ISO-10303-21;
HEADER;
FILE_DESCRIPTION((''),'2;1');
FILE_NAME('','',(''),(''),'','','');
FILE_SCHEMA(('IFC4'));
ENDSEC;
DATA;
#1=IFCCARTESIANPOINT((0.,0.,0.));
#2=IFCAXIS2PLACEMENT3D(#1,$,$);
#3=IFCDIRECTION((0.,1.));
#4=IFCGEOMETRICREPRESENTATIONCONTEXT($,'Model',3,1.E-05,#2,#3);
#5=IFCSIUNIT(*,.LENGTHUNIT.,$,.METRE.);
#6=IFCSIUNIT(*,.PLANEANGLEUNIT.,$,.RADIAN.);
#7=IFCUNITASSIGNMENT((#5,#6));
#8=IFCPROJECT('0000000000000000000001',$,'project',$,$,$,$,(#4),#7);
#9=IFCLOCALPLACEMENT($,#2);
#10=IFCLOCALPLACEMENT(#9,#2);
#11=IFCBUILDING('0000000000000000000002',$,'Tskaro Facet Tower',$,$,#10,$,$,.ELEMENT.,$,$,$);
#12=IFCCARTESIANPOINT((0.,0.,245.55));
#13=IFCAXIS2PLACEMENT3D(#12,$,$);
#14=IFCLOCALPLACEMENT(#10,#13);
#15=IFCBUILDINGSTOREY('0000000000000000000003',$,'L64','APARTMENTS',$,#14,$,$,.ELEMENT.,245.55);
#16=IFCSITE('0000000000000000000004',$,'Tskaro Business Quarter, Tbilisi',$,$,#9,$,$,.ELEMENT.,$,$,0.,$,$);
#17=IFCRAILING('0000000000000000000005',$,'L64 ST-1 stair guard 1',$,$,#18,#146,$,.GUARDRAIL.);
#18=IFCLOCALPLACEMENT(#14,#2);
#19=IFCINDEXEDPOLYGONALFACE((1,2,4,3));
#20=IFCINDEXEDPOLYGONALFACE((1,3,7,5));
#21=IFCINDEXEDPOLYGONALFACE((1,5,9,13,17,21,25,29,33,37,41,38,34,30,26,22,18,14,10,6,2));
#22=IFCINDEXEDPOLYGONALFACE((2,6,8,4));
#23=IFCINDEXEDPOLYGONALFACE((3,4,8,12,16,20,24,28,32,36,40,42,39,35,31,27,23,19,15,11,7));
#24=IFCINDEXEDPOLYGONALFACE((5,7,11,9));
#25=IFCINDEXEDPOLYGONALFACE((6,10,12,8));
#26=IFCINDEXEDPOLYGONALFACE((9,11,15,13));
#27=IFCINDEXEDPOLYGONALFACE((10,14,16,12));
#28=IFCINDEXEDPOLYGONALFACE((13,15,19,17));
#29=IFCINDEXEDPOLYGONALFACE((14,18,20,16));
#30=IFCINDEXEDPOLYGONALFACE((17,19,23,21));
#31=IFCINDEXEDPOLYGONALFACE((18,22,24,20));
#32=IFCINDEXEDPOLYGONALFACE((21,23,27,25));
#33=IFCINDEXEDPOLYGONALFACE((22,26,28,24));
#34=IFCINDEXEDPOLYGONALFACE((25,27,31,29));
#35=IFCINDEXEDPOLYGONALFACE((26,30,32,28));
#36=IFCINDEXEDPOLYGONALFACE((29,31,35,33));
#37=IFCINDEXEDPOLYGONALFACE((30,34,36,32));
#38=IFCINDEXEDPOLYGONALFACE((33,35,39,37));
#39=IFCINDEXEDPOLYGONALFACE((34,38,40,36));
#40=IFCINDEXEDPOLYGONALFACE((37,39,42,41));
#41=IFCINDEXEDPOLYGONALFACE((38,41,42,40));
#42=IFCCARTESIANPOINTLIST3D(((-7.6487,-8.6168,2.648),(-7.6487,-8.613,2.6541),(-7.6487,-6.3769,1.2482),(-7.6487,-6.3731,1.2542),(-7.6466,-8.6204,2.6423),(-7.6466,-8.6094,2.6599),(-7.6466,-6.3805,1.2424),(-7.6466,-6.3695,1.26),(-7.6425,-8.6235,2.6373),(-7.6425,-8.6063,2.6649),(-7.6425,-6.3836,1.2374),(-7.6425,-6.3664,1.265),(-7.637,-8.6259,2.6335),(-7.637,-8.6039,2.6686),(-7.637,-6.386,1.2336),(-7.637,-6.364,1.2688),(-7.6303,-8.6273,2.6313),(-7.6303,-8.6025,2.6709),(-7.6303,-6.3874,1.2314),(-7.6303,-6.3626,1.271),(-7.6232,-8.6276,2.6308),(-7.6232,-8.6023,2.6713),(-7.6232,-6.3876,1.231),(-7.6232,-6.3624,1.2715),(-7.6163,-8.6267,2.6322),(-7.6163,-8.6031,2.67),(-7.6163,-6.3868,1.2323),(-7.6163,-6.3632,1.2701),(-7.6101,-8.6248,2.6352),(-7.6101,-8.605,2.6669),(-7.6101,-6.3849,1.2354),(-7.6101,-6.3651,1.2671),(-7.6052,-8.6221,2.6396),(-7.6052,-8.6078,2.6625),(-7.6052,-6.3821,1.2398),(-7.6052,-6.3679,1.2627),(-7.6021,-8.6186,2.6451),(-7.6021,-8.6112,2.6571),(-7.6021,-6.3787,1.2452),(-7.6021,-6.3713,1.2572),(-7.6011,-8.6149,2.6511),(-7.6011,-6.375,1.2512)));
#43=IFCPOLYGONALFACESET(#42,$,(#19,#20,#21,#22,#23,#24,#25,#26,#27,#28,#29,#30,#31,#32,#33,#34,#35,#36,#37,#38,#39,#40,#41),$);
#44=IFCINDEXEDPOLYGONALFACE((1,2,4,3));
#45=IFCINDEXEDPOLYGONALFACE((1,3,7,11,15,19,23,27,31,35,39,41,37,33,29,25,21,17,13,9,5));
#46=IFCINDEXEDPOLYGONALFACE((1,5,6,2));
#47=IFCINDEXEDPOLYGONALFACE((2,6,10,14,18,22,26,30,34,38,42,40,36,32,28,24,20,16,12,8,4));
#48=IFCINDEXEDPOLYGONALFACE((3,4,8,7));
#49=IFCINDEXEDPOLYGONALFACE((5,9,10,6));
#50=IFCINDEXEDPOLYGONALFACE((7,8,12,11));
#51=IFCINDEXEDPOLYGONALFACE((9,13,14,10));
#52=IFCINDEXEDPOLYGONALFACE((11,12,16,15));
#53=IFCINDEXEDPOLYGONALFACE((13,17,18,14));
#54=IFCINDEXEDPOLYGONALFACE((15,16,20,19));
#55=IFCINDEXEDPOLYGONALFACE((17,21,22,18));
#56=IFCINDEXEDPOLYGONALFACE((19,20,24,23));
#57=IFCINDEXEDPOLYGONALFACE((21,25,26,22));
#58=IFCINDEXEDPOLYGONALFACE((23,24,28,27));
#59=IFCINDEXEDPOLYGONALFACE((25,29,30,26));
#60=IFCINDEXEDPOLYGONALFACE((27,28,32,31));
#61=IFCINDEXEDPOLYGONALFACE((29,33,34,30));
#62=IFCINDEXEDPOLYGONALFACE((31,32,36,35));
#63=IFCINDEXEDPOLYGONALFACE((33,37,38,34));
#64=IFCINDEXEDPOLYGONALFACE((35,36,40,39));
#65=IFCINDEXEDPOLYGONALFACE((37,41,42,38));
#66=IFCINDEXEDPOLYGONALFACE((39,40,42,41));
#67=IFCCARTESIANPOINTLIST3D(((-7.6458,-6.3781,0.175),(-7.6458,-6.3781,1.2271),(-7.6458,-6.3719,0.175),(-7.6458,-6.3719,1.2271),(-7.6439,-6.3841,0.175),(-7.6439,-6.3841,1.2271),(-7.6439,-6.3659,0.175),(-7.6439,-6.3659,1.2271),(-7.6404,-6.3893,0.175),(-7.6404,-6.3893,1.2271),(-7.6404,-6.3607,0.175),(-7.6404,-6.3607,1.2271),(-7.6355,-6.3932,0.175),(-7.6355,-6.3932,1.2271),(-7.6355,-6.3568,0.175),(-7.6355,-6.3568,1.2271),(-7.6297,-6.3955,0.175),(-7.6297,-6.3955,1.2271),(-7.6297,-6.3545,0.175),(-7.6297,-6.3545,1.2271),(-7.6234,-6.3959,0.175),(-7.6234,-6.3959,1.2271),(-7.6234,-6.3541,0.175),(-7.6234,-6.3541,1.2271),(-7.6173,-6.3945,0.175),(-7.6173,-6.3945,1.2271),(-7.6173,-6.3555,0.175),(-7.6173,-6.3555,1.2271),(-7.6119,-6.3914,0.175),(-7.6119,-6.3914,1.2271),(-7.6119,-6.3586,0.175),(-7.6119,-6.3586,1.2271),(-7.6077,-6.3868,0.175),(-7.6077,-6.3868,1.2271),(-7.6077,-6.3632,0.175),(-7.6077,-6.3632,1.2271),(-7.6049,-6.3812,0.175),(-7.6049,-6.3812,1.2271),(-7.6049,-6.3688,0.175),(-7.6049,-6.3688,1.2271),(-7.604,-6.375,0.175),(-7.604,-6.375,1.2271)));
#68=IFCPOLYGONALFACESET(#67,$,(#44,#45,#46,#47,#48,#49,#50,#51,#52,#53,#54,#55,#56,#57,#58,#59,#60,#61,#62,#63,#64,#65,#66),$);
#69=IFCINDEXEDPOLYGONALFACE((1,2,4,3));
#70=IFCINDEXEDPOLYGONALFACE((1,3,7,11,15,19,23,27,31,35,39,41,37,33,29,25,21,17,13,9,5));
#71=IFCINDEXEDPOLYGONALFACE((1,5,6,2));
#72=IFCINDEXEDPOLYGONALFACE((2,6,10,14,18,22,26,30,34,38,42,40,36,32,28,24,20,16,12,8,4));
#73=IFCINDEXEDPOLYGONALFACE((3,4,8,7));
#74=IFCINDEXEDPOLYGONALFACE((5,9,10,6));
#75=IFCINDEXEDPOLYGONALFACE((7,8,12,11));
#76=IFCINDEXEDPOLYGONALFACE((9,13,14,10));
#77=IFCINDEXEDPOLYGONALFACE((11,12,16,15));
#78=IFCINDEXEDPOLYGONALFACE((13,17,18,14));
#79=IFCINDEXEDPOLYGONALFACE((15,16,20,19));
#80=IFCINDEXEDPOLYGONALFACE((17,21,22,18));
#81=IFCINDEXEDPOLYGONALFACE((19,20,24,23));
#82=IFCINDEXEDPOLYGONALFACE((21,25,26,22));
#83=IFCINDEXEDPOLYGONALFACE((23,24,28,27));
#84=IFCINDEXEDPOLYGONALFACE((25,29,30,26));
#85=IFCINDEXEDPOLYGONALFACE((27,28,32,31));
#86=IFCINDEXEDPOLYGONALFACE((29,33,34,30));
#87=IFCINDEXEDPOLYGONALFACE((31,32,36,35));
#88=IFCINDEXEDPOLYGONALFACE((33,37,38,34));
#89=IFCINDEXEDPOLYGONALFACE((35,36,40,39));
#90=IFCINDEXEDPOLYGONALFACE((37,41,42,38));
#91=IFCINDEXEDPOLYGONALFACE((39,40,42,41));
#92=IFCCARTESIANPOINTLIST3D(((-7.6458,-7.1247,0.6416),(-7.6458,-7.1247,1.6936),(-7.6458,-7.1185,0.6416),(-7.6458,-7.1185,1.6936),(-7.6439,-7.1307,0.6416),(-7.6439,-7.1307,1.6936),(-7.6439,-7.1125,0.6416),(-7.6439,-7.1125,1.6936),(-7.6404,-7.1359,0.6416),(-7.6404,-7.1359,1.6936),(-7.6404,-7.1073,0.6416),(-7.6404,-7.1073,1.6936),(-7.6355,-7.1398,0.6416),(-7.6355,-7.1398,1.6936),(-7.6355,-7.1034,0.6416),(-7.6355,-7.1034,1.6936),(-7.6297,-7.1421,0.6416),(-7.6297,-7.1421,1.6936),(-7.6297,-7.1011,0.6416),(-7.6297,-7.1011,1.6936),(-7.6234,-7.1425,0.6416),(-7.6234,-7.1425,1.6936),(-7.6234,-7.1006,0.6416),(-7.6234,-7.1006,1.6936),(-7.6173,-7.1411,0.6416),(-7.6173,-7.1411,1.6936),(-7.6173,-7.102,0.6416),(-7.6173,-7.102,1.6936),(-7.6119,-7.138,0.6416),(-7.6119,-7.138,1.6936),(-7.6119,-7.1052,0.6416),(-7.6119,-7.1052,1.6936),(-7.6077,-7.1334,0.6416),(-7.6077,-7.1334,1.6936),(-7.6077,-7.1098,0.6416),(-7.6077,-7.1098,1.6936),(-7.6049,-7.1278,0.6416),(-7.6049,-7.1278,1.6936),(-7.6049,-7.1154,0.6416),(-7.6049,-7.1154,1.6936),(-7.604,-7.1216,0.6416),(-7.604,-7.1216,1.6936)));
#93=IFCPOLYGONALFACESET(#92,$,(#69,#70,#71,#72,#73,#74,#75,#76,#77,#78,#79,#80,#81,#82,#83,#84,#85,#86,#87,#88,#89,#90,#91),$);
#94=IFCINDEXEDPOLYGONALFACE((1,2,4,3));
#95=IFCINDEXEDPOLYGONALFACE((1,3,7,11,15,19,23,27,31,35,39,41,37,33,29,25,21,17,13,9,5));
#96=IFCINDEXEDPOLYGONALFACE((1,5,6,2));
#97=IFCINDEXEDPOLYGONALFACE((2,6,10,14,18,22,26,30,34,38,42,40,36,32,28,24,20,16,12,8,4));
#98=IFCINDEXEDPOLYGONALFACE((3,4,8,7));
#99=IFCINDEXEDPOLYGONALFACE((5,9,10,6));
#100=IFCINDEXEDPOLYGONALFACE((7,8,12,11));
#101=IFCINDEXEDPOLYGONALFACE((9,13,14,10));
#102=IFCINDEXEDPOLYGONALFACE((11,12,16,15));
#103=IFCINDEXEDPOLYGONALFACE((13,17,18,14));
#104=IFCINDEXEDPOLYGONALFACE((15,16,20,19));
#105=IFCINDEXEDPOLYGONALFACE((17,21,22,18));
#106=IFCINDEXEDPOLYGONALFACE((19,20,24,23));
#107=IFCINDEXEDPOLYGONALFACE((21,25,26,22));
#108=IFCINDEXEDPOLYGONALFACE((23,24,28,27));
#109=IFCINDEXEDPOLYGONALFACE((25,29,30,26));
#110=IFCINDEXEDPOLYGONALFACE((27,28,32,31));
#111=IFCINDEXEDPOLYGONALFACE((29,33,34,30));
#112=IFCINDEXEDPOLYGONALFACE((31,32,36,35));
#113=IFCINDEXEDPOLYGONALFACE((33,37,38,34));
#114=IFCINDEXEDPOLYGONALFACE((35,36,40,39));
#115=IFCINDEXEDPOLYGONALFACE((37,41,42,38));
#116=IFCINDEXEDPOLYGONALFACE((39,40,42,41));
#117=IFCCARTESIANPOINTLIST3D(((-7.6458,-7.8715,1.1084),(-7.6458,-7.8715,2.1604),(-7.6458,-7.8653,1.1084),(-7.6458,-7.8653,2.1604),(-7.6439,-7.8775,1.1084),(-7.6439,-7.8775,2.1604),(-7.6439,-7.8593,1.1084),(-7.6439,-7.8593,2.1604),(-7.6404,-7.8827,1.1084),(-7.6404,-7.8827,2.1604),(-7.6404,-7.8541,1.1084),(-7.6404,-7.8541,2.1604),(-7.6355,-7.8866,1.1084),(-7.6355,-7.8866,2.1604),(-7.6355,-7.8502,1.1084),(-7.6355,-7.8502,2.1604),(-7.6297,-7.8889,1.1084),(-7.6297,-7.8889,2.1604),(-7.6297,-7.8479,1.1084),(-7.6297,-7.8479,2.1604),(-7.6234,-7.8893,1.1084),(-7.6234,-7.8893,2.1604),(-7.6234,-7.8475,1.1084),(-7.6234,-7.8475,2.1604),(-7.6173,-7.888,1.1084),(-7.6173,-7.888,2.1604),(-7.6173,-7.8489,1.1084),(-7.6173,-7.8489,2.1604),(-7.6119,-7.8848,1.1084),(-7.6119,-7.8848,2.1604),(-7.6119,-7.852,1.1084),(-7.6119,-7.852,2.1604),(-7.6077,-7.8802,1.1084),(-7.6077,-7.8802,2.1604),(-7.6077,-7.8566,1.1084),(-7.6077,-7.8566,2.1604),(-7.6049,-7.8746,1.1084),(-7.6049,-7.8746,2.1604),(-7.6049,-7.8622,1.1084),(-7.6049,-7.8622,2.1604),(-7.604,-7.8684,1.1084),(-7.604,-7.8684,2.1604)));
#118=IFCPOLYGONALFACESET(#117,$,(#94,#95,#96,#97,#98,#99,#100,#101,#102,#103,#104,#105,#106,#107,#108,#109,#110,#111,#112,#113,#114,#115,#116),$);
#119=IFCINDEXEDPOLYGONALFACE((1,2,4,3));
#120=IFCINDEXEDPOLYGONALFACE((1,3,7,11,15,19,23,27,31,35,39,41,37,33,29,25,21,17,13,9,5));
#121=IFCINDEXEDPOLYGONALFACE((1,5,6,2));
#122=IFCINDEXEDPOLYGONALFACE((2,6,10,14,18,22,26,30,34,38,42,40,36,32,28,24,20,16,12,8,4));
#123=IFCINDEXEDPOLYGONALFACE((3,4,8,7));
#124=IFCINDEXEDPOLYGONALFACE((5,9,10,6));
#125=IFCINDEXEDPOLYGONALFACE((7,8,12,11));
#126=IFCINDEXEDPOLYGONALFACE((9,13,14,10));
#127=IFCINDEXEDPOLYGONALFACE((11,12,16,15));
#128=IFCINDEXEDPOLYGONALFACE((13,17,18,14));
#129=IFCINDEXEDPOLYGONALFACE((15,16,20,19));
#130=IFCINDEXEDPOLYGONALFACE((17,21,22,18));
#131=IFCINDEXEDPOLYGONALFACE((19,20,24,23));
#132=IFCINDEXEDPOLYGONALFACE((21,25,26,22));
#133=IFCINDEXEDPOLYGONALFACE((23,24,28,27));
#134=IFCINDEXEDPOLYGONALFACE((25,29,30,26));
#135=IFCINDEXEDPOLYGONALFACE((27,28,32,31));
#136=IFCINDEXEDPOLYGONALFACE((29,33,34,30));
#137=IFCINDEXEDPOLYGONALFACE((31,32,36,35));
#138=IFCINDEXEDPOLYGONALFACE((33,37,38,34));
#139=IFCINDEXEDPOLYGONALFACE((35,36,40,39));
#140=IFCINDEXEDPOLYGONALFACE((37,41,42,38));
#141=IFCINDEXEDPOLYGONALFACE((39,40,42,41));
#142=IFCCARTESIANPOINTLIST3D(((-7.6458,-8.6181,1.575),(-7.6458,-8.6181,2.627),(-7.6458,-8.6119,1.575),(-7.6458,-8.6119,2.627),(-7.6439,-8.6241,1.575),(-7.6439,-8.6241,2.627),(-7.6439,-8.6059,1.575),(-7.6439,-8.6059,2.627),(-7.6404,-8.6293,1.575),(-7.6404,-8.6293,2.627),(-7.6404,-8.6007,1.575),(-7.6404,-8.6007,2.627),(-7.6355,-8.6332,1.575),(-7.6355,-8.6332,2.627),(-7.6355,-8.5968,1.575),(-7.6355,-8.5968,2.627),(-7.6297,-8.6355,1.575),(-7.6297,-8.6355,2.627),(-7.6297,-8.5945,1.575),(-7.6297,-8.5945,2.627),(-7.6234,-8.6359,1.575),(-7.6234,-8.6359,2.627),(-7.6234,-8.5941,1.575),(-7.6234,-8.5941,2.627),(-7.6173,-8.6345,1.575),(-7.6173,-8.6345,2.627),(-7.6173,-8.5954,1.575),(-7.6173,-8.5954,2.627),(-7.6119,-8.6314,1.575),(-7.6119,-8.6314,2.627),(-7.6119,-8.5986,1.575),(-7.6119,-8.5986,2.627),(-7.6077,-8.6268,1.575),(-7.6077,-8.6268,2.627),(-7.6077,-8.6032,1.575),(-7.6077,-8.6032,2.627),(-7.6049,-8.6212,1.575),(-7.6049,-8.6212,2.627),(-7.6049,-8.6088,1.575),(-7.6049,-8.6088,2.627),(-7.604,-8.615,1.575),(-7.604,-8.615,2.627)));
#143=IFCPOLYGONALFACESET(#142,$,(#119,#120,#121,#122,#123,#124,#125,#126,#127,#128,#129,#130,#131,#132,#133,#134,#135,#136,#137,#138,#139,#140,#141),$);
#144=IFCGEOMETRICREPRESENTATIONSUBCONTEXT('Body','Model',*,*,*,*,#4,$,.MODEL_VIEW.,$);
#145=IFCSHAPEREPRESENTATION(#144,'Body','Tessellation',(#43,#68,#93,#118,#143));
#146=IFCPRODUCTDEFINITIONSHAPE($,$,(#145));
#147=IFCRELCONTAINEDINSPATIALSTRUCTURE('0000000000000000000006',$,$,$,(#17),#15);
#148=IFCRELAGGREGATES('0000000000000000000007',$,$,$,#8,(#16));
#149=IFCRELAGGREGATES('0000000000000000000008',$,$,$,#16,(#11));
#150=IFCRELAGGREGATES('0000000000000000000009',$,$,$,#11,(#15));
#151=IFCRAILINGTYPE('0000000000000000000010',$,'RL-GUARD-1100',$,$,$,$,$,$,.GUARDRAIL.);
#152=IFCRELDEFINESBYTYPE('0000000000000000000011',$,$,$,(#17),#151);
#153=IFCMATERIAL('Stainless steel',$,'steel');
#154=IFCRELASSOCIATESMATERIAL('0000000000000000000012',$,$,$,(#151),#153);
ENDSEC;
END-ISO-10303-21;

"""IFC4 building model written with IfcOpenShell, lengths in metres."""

from ifc_helpers import new_model, si_unit, direction, frame, origin, origin_2d, place, context, subcontext, project, spatial, circle, extrude, material, type_object, element, save


model = new_model("IFC4")

# Units and contexts
model_context = context("Model", 3, precision=1e-05, world=origin(), true_north=direction((0.0, 1.0)))
body_context = subcontext(model_context, "Body", "Model", "MODEL_VIEW")
ifc_project = project(units=[si_unit("LENGTHUNIT", "METRE"), si_unit("PLANEANGLEUNIT", "RADIAN")], contexts=[model_context])

# Site, building, storey
site_placement = place(None, origin())
site = spatial("IfcSite", under=ifc_project, at=site_placement, Name="Tskaro Business Quarter, Tbilisi", CompositionType="ELEMENT", RefElevation=0.0)
building_placement = place(site_placement, origin())
building = spatial("IfcBuilding", under=site, at=building_placement, Name="Tskaro Facet Tower", CompositionType="ELEMENT")
storey_placement = place(building_placement, frame((0.0, 0.0, 245.55)))
storey = spatial("IfcBuildingStorey", under=building, at=storey_placement, Name="L64", Description="APARTMENTS", CompositionType="ELEMENT", Elevation=245.55)

# Shared definitions
ifc_material_1 = material(Name="Stainless steel", Category="steel")

# Railing
railing_type_1 = type_object("IfcRailingType", Name="RL-GUARD-1100", PredefinedType="GUARDRAIL", material=ifc_material_1)
railing_1_placement = place(storey_placement, frame((-7.625, -6.375, 0.175)))
element("IfcRailing", 1, at=railing_1_placement, inside=storey, type_object=railing_type_1, Name="L64 ST-1 stair guard 1", PredefinedType="GUARDRAIL", context=body_context, shape_type="SweptSolid", body=[
    extrude(circle(Radius=0.0239, at=origin_2d()), frame((0.0, 0.0, 1.0762), z_axis=(0.0, -0.848014, 0.529974), x_axis=(1.0, 0.0, 0.0)), (0.0, 0.0, 1.0), 2.6414),
    extrude(circle(Radius=0.021, at=origin_2d()), origin(), (0.0, 0.0, 1.0), 1.052),
    extrude(circle(Radius=0.021, at=origin_2d()), frame((0.0, -0.7466, 0.4666)), (0.0, 0.0, 1.0), 1.052),
    extrude(circle(Radius=0.021, at=origin_2d()), frame((0.0, -1.4934, 0.9333)), (0.0, 0.0, 1.0), 1.052),
    extrude(circle(Radius=0.021, at=origin_2d()), frame((0.0, -2.24, 1.3999)), (0.0, 0.0, 1.0), 1.052),
])

save(model, "model.ifc")
